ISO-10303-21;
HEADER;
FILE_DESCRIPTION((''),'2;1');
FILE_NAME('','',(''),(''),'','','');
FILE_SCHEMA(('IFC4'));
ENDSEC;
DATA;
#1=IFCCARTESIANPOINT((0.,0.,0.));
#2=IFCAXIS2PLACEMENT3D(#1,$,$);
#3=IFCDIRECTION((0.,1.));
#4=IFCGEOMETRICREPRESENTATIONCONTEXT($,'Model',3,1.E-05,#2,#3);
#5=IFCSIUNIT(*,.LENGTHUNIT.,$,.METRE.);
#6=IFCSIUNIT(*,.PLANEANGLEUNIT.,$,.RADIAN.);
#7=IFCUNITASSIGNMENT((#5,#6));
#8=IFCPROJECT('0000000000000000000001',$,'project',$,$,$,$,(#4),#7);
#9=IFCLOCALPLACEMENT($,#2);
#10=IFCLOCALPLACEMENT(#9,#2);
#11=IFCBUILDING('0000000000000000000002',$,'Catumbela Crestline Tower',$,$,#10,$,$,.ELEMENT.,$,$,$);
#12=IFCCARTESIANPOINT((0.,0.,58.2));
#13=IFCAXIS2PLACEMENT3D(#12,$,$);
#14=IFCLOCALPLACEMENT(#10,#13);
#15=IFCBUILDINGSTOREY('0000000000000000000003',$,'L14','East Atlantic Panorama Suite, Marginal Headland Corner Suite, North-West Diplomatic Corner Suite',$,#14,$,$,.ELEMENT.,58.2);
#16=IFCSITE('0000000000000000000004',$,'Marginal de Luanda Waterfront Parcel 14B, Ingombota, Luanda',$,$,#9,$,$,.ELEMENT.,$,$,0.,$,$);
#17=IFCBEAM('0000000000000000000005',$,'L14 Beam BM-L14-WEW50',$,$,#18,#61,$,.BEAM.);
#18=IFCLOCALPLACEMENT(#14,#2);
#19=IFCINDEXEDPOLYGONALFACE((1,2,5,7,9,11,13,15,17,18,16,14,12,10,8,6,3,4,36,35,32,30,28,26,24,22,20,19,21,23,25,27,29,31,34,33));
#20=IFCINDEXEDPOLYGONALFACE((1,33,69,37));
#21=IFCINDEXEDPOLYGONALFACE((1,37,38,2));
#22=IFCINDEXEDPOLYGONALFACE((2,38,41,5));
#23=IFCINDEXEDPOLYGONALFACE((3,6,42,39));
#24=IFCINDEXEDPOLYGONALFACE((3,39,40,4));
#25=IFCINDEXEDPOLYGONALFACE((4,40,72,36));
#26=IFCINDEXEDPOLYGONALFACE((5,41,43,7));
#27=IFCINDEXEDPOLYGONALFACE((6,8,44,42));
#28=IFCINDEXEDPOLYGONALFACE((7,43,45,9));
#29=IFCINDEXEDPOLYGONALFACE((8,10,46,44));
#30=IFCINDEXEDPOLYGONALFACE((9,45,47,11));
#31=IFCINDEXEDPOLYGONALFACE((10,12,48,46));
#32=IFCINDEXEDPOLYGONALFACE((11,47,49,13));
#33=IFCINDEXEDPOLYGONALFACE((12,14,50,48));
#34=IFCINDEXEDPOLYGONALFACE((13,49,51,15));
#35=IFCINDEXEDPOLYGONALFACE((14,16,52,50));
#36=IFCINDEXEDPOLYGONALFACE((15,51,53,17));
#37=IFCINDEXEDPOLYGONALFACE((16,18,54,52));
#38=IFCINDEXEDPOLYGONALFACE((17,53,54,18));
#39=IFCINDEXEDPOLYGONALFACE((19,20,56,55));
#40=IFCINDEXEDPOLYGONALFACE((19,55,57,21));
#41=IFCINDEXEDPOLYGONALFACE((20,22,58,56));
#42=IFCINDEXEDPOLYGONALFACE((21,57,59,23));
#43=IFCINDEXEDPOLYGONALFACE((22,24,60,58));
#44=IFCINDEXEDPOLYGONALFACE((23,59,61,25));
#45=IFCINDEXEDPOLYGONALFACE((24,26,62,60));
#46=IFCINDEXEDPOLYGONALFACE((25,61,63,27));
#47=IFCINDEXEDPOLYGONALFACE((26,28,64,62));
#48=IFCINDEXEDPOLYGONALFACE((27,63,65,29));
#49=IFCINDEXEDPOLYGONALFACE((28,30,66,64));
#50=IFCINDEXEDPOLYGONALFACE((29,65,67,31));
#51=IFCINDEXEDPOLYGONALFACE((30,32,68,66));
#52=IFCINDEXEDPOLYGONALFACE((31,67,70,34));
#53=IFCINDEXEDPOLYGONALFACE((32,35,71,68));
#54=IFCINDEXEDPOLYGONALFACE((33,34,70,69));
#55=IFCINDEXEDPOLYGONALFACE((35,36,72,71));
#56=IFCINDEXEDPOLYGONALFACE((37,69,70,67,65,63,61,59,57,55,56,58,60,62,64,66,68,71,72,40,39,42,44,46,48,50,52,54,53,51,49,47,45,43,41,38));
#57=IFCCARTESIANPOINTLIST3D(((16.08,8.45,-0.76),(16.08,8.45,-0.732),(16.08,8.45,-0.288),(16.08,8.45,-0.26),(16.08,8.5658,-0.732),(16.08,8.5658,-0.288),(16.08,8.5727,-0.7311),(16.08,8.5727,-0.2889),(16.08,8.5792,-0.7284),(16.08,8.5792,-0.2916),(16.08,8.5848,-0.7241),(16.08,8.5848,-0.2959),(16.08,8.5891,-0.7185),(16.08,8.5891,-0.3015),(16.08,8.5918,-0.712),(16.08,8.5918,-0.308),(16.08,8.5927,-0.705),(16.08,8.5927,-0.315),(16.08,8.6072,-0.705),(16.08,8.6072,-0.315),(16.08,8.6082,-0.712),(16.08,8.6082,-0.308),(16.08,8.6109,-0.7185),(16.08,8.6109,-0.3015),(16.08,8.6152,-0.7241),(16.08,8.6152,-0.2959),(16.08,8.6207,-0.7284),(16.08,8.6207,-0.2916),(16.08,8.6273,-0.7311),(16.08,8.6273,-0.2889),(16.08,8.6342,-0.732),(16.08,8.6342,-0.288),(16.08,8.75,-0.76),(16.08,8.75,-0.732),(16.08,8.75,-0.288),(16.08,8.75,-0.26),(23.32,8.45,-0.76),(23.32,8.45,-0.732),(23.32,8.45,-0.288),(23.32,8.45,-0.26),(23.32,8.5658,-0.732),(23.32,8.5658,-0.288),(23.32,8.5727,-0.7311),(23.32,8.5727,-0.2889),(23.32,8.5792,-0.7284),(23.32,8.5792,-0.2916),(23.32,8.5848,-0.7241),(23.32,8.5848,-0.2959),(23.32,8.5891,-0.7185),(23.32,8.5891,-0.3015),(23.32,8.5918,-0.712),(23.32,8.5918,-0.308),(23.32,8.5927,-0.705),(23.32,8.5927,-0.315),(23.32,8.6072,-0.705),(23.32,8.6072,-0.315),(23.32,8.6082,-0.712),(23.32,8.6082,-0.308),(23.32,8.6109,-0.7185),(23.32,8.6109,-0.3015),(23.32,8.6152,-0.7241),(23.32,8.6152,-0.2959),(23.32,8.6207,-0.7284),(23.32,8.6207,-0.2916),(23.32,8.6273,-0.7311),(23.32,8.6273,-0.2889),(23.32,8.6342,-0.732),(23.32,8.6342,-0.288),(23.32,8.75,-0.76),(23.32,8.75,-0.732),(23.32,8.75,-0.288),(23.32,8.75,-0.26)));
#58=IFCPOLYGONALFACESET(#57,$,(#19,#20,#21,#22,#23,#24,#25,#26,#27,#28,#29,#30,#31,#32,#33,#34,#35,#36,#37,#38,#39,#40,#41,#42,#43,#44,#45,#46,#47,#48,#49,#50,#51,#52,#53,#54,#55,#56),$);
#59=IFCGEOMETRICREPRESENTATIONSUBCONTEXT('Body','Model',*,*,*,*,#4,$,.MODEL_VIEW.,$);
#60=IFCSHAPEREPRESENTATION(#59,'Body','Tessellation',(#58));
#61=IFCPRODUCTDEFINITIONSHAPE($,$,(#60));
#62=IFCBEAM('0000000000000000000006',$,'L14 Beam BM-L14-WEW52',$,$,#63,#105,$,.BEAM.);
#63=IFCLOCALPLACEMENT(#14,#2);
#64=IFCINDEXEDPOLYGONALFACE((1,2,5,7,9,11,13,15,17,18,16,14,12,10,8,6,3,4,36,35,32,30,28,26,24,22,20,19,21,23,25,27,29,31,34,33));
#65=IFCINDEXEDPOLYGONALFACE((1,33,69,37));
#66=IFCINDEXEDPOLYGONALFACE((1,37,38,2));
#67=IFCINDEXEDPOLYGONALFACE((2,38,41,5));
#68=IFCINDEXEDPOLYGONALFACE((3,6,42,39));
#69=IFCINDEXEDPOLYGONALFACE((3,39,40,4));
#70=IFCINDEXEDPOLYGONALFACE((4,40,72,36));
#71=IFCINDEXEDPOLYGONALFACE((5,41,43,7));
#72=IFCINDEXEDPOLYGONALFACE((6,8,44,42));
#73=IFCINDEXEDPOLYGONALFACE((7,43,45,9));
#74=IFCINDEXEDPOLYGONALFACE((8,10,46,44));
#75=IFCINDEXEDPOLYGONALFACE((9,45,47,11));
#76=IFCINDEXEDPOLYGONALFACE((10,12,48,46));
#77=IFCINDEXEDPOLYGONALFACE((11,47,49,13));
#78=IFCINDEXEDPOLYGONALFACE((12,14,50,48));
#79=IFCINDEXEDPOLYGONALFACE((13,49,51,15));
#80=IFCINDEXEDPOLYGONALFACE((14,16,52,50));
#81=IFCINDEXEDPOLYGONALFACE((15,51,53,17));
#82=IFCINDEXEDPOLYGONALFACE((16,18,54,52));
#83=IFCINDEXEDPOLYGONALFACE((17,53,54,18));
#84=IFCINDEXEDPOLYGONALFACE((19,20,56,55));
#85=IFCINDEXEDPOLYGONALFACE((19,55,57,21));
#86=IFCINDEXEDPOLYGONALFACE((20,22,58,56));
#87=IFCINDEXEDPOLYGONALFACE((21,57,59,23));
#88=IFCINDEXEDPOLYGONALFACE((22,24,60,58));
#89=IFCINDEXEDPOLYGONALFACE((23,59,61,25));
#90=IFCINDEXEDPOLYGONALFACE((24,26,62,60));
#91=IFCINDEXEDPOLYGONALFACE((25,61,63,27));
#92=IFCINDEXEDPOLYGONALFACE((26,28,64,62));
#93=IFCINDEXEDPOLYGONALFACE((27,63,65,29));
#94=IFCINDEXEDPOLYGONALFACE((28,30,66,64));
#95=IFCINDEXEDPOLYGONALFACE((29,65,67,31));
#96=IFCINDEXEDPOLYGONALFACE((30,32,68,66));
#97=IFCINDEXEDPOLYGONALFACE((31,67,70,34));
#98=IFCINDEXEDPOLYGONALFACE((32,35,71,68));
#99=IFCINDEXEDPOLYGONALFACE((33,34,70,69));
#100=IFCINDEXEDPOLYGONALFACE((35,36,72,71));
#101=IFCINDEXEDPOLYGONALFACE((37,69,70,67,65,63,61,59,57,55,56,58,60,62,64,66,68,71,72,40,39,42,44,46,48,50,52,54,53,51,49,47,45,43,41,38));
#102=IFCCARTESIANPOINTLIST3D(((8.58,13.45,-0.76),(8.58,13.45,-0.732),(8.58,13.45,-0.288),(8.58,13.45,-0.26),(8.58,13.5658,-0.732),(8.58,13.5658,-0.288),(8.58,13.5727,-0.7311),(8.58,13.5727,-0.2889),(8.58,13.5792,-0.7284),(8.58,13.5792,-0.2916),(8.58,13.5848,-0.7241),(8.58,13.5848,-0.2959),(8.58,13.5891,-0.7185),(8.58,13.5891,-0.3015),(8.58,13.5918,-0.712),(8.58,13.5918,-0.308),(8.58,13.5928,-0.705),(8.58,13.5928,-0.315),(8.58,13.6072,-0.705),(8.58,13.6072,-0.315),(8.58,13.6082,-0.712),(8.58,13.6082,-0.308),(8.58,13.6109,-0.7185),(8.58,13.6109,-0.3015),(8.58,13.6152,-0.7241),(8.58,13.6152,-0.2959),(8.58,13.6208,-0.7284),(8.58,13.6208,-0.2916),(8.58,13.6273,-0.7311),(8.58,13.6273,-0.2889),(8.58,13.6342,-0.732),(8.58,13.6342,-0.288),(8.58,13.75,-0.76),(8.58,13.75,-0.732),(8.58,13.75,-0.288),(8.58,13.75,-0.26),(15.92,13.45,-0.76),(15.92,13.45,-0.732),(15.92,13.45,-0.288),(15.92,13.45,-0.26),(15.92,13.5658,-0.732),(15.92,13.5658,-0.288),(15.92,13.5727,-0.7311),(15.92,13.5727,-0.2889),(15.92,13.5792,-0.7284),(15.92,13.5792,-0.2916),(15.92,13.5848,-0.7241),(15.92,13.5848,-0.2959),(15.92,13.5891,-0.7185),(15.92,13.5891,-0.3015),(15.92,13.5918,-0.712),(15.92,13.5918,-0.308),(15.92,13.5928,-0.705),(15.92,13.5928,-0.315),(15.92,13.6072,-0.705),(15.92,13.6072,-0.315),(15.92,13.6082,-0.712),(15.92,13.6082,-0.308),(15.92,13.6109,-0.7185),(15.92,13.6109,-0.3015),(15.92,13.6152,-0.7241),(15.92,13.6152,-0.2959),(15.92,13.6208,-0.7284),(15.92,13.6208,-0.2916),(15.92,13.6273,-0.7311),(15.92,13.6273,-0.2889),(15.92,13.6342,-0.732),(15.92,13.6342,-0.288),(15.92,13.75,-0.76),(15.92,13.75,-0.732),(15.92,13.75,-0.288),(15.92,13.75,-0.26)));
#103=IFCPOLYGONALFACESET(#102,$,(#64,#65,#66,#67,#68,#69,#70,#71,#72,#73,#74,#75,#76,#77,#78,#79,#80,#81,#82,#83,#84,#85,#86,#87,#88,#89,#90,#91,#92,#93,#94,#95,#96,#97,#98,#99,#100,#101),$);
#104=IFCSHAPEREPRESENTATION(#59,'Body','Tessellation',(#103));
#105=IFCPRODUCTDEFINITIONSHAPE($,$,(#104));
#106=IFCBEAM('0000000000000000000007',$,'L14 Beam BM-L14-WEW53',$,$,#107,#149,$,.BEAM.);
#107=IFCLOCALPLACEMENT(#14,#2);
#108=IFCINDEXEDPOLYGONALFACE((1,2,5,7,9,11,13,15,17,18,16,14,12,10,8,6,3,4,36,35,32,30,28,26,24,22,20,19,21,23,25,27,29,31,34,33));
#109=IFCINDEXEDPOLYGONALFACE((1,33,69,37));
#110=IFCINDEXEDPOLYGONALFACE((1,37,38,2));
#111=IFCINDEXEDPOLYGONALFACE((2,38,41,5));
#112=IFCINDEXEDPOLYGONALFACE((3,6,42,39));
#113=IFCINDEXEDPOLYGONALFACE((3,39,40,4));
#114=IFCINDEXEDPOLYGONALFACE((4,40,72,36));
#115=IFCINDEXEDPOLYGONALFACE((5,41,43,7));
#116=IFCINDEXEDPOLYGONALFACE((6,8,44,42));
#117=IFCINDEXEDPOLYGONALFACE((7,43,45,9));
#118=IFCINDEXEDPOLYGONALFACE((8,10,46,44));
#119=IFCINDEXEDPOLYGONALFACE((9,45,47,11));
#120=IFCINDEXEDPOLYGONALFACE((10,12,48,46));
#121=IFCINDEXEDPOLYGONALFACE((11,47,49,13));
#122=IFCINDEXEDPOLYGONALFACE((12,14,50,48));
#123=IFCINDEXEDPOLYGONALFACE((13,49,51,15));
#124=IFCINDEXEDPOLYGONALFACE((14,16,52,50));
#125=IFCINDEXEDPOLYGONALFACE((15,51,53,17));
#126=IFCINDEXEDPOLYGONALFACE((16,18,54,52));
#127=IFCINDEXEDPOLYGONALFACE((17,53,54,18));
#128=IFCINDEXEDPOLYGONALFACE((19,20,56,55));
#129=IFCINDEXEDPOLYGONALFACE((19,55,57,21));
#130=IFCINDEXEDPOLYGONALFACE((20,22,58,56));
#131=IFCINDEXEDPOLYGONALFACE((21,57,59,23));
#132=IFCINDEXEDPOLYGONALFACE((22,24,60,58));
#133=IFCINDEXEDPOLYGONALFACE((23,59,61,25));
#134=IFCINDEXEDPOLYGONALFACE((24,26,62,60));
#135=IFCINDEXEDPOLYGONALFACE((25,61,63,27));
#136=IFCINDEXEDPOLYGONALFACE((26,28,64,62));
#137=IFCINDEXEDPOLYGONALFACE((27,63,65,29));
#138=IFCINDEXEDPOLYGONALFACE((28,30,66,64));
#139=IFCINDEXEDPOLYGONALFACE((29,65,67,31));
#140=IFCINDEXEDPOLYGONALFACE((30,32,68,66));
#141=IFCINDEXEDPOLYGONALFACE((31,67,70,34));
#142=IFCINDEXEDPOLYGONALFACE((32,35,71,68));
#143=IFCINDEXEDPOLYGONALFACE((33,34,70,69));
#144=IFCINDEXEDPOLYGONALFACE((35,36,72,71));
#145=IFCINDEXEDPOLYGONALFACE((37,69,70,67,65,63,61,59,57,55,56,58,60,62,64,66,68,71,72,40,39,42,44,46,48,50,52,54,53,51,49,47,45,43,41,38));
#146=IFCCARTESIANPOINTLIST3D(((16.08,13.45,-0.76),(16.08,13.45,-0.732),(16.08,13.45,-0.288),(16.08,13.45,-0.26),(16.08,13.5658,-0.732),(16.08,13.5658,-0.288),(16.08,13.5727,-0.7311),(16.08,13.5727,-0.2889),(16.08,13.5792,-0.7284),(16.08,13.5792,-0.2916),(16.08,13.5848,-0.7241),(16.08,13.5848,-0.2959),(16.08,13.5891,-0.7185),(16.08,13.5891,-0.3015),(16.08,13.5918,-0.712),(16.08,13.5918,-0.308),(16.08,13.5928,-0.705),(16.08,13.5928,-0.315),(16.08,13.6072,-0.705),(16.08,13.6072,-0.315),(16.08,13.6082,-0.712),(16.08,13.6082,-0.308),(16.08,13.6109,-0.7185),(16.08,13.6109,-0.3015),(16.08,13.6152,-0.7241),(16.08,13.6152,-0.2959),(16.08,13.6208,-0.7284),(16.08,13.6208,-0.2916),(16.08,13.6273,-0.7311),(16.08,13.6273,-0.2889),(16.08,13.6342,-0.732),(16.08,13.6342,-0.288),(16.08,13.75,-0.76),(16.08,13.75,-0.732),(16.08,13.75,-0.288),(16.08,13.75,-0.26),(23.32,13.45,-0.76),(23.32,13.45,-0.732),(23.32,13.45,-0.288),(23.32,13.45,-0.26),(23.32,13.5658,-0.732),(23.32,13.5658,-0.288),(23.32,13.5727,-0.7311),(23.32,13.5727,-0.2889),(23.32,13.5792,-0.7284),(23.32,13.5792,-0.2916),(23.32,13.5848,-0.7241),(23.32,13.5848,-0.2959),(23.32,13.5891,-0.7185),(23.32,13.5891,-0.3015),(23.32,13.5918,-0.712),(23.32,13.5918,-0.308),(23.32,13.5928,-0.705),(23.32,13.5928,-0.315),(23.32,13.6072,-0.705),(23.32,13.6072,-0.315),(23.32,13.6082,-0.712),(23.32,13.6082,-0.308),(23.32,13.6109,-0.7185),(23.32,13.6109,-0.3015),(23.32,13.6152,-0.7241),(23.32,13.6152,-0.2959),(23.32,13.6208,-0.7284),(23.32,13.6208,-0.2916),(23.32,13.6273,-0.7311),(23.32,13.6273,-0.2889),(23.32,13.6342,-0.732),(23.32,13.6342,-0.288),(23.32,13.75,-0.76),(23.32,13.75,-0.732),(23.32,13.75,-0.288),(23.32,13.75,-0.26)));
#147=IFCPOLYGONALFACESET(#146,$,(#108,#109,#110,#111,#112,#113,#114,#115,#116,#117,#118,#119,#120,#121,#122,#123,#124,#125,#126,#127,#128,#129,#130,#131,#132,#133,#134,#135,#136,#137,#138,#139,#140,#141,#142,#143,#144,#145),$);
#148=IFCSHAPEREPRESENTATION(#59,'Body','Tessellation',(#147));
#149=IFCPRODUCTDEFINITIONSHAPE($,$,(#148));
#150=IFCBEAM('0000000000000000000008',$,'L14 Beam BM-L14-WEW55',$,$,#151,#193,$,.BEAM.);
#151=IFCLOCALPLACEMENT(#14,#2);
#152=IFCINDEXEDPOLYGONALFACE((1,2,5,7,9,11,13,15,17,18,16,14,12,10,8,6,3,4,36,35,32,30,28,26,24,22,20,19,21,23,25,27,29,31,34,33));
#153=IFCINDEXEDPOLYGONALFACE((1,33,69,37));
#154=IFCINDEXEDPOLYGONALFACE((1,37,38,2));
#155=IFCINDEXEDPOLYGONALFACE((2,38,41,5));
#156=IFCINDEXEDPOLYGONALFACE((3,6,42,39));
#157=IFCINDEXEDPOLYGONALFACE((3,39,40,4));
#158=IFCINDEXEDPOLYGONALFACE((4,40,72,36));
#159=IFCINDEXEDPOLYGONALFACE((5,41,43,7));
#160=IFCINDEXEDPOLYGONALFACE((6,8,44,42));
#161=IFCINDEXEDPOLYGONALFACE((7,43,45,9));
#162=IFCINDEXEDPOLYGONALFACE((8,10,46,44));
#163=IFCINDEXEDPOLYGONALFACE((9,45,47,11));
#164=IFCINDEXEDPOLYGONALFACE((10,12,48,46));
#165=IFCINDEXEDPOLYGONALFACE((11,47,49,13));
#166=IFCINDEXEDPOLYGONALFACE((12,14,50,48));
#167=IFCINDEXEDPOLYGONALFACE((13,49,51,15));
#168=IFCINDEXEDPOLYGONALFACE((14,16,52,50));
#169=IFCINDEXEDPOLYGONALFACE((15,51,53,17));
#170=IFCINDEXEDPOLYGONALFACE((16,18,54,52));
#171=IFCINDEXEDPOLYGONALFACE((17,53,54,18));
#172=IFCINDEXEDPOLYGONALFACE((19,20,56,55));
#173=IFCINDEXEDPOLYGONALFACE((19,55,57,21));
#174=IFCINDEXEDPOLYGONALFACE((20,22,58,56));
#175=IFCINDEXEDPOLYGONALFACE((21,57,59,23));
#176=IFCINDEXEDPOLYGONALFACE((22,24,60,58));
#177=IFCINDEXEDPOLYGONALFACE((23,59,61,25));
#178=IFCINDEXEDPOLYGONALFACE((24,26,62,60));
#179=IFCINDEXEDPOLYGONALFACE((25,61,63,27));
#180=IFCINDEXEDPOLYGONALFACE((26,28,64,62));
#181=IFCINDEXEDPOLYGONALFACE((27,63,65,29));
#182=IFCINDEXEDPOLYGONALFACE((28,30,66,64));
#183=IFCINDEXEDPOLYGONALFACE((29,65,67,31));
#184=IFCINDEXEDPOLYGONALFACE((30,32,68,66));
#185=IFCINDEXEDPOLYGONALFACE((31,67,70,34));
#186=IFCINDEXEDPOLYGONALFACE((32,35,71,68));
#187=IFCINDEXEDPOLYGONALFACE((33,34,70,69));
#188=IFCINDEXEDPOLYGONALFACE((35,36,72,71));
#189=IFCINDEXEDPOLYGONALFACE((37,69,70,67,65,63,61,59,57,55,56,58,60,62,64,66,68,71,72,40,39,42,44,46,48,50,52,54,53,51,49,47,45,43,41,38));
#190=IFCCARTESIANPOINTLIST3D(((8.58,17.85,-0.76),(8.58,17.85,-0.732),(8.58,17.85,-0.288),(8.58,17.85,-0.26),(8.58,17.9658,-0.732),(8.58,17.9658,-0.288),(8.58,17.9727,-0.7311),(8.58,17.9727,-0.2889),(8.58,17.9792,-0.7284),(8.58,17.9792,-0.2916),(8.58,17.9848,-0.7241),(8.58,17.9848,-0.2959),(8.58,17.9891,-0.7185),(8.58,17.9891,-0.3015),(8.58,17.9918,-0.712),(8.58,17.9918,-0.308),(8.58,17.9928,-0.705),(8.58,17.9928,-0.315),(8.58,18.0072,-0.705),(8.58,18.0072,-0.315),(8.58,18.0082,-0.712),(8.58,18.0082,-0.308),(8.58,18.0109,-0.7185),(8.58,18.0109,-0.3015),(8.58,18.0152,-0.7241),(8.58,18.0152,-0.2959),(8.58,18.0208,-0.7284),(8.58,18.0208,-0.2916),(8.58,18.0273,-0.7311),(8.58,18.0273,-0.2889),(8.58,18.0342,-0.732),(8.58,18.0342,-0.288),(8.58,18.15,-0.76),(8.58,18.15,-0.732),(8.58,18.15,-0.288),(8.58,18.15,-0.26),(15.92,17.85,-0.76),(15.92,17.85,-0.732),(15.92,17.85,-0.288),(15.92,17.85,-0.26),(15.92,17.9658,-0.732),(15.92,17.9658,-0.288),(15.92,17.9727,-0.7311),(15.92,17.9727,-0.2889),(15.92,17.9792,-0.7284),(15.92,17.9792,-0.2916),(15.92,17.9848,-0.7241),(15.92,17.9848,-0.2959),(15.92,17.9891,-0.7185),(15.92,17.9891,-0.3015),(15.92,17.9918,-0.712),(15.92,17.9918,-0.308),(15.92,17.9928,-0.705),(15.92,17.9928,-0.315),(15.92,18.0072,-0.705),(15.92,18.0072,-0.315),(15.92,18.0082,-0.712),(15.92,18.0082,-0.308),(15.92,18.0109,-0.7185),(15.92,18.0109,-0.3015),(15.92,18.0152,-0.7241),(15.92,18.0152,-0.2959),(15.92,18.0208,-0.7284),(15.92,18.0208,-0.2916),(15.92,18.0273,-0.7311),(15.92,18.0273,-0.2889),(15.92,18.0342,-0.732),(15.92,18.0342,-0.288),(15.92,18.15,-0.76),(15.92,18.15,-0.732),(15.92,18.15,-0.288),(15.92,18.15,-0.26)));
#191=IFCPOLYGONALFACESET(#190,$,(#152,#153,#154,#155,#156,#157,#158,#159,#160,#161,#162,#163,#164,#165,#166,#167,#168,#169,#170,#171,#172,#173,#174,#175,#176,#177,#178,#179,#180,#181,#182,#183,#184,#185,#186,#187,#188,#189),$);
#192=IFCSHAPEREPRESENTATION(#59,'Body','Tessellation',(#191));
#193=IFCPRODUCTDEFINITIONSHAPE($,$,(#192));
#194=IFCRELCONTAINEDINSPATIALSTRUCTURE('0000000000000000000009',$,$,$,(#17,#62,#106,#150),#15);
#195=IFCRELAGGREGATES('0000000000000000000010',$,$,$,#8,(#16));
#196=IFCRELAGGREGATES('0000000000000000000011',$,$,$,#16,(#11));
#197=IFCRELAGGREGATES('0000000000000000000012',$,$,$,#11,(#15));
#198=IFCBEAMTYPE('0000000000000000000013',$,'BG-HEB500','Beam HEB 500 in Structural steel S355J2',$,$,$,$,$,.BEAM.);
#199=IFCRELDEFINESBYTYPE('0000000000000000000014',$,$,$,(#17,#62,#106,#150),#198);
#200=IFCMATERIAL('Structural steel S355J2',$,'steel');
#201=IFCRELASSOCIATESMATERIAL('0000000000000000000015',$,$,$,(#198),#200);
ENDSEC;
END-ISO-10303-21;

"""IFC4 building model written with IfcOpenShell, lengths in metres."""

from ifc_helpers import new_model, si_unit, direction, frame, origin, origin_2d, place, context, subcontext, project, spatial, i_section, extrude, material, material_profile, profile_set, type_object, element, save


model = new_model("IFC4")

# Units and contexts
model_context = context("Model", 3, precision=1e-05, world=origin(), true_north=direction((0.0, 1.0)))
body_context = subcontext(model_context, "Body", "Model", "MODEL_VIEW")
ifc_project = project(units=[si_unit("LENGTHUNIT", "METRE"), si_unit("PLANEANGLEUNIT", "RADIAN")], contexts=[model_context])

# Site, building, storey
site_placement = place(None, origin())
site = spatial("IfcSite", under=ifc_project, at=site_placement, Name="Marginal de Luanda Waterfront Parcel 14B, Ingombota, Luanda", CompositionType="ELEMENT", RefElevation=0.0)
building_placement = place(site_placement, origin())
building = spatial("IfcBuilding", under=site, at=building_placement, Name="Catumbela Crestline Tower", CompositionType="ELEMENT")
storey_placement = place(building_placement, frame((0.0, 0.0, 58.2)))
storey = spatial("IfcBuildingStorey", under=building, at=storey_placement, Name="L14", Description="East Atlantic Panorama Suite, Marginal Headland Corner Suite, North-West Diplomatic Corner Suite", CompositionType="ELEMENT", Elevation=58.2)

# Beams
ifc_material_1 = material(Name="Structural steel S355J2", Category="steel")
ifc_material_profile_1 = material_profile(ifc_material_1, i_section(OverallWidth=0.3, OverallDepth=0.5, WebThickness=0.0145, FlangeThickness=0.028, FilletRadius=0.027, at=origin_2d()), Name="HEB 500")
ifc_profile_set_1 = profile_set([ifc_material_profile_1], Name="Structural steel S355J2")
beam_type_1 = type_object("IfcBeamType", Name="BG-HEB500", Description="Beam HEB 500 in Structural steel S355J2", PredefinedType="BEAM", material=ifc_profile_set_1)
beam_1_placement = place(storey_placement, frame((16.08, 8.6, -0.51), z_axis=(1.0, 0.0, 0.0), x_axis=(0.0, 1.0, 0.0)))
element("IfcBeam", 1, at=beam_1_placement, inside=storey, type_object=beam_type_1, Name="L14 Beam BM-L14-WEW50", PredefinedType="BEAM", context=body_context, shape_type="SweptSolid", body=[
    extrude(i_section(OverallWidth=0.3, OverallDepth=0.5, WebThickness=0.0145, FlangeThickness=0.028, FilletRadius=0.027, at=origin_2d()), origin(), (0.0, 0.0, 1.0), 7.24),
])
beam_2_placement = place(storey_placement, frame((8.58, 13.6, -0.51), z_axis=(1.0, 0.0, 0.0), x_axis=(0.0, 1.0, 0.0)))
element("IfcBeam", 2, at=beam_2_placement, inside=storey, type_object=beam_type_1, Name="L14 Beam BM-L14-WEW52", PredefinedType="BEAM", context=body_context, shape_type="SweptSolid", body=[
    extrude(i_section(OverallWidth=0.3, OverallDepth=0.5, WebThickness=0.0145, FlangeThickness=0.028, FilletRadius=0.027, at=origin_2d()), origin(), (0.0, 0.0, 1.0), 7.34),
])
beam_3_placement = place(storey_placement, frame((16.08, 13.6, -0.51), z_axis=(1.0, 0.0, 0.0), x_axis=(0.0, 1.0, 0.0)))
element("IfcBeam", 3, at=beam_3_placement, inside=storey, type_object=beam_type_1, Name="L14 Beam BM-L14-WEW53", PredefinedType="BEAM", context=body_context, shape_type="SweptSolid", body=[
    extrude(i_section(OverallWidth=0.3, OverallDepth=0.5, WebThickness=0.0145, FlangeThickness=0.028, FilletRadius=0.027, at=origin_2d()), origin(), (0.0, 0.0, 1.0), 7.24),
])
beam_4_placement = place(storey_placement, frame((8.58, 18.0, -0.51), z_axis=(1.0, 0.0, 0.0), x_axis=(0.0, 1.0, 0.0)))
element("IfcBeam", 4, at=beam_4_placement, inside=storey, type_object=beam_type_1, Name="L14 Beam BM-L14-WEW55", PredefinedType="BEAM", context=body_context, shape_type="SweptSolid", body=[
    extrude(i_section(OverallWidth=0.3, OverallDepth=0.5, WebThickness=0.0145, FlangeThickness=0.028, FilletRadius=0.027, at=origin_2d()), origin(), (0.0, 0.0, 1.0), 7.34),
])

save(model, "model.ifc")
